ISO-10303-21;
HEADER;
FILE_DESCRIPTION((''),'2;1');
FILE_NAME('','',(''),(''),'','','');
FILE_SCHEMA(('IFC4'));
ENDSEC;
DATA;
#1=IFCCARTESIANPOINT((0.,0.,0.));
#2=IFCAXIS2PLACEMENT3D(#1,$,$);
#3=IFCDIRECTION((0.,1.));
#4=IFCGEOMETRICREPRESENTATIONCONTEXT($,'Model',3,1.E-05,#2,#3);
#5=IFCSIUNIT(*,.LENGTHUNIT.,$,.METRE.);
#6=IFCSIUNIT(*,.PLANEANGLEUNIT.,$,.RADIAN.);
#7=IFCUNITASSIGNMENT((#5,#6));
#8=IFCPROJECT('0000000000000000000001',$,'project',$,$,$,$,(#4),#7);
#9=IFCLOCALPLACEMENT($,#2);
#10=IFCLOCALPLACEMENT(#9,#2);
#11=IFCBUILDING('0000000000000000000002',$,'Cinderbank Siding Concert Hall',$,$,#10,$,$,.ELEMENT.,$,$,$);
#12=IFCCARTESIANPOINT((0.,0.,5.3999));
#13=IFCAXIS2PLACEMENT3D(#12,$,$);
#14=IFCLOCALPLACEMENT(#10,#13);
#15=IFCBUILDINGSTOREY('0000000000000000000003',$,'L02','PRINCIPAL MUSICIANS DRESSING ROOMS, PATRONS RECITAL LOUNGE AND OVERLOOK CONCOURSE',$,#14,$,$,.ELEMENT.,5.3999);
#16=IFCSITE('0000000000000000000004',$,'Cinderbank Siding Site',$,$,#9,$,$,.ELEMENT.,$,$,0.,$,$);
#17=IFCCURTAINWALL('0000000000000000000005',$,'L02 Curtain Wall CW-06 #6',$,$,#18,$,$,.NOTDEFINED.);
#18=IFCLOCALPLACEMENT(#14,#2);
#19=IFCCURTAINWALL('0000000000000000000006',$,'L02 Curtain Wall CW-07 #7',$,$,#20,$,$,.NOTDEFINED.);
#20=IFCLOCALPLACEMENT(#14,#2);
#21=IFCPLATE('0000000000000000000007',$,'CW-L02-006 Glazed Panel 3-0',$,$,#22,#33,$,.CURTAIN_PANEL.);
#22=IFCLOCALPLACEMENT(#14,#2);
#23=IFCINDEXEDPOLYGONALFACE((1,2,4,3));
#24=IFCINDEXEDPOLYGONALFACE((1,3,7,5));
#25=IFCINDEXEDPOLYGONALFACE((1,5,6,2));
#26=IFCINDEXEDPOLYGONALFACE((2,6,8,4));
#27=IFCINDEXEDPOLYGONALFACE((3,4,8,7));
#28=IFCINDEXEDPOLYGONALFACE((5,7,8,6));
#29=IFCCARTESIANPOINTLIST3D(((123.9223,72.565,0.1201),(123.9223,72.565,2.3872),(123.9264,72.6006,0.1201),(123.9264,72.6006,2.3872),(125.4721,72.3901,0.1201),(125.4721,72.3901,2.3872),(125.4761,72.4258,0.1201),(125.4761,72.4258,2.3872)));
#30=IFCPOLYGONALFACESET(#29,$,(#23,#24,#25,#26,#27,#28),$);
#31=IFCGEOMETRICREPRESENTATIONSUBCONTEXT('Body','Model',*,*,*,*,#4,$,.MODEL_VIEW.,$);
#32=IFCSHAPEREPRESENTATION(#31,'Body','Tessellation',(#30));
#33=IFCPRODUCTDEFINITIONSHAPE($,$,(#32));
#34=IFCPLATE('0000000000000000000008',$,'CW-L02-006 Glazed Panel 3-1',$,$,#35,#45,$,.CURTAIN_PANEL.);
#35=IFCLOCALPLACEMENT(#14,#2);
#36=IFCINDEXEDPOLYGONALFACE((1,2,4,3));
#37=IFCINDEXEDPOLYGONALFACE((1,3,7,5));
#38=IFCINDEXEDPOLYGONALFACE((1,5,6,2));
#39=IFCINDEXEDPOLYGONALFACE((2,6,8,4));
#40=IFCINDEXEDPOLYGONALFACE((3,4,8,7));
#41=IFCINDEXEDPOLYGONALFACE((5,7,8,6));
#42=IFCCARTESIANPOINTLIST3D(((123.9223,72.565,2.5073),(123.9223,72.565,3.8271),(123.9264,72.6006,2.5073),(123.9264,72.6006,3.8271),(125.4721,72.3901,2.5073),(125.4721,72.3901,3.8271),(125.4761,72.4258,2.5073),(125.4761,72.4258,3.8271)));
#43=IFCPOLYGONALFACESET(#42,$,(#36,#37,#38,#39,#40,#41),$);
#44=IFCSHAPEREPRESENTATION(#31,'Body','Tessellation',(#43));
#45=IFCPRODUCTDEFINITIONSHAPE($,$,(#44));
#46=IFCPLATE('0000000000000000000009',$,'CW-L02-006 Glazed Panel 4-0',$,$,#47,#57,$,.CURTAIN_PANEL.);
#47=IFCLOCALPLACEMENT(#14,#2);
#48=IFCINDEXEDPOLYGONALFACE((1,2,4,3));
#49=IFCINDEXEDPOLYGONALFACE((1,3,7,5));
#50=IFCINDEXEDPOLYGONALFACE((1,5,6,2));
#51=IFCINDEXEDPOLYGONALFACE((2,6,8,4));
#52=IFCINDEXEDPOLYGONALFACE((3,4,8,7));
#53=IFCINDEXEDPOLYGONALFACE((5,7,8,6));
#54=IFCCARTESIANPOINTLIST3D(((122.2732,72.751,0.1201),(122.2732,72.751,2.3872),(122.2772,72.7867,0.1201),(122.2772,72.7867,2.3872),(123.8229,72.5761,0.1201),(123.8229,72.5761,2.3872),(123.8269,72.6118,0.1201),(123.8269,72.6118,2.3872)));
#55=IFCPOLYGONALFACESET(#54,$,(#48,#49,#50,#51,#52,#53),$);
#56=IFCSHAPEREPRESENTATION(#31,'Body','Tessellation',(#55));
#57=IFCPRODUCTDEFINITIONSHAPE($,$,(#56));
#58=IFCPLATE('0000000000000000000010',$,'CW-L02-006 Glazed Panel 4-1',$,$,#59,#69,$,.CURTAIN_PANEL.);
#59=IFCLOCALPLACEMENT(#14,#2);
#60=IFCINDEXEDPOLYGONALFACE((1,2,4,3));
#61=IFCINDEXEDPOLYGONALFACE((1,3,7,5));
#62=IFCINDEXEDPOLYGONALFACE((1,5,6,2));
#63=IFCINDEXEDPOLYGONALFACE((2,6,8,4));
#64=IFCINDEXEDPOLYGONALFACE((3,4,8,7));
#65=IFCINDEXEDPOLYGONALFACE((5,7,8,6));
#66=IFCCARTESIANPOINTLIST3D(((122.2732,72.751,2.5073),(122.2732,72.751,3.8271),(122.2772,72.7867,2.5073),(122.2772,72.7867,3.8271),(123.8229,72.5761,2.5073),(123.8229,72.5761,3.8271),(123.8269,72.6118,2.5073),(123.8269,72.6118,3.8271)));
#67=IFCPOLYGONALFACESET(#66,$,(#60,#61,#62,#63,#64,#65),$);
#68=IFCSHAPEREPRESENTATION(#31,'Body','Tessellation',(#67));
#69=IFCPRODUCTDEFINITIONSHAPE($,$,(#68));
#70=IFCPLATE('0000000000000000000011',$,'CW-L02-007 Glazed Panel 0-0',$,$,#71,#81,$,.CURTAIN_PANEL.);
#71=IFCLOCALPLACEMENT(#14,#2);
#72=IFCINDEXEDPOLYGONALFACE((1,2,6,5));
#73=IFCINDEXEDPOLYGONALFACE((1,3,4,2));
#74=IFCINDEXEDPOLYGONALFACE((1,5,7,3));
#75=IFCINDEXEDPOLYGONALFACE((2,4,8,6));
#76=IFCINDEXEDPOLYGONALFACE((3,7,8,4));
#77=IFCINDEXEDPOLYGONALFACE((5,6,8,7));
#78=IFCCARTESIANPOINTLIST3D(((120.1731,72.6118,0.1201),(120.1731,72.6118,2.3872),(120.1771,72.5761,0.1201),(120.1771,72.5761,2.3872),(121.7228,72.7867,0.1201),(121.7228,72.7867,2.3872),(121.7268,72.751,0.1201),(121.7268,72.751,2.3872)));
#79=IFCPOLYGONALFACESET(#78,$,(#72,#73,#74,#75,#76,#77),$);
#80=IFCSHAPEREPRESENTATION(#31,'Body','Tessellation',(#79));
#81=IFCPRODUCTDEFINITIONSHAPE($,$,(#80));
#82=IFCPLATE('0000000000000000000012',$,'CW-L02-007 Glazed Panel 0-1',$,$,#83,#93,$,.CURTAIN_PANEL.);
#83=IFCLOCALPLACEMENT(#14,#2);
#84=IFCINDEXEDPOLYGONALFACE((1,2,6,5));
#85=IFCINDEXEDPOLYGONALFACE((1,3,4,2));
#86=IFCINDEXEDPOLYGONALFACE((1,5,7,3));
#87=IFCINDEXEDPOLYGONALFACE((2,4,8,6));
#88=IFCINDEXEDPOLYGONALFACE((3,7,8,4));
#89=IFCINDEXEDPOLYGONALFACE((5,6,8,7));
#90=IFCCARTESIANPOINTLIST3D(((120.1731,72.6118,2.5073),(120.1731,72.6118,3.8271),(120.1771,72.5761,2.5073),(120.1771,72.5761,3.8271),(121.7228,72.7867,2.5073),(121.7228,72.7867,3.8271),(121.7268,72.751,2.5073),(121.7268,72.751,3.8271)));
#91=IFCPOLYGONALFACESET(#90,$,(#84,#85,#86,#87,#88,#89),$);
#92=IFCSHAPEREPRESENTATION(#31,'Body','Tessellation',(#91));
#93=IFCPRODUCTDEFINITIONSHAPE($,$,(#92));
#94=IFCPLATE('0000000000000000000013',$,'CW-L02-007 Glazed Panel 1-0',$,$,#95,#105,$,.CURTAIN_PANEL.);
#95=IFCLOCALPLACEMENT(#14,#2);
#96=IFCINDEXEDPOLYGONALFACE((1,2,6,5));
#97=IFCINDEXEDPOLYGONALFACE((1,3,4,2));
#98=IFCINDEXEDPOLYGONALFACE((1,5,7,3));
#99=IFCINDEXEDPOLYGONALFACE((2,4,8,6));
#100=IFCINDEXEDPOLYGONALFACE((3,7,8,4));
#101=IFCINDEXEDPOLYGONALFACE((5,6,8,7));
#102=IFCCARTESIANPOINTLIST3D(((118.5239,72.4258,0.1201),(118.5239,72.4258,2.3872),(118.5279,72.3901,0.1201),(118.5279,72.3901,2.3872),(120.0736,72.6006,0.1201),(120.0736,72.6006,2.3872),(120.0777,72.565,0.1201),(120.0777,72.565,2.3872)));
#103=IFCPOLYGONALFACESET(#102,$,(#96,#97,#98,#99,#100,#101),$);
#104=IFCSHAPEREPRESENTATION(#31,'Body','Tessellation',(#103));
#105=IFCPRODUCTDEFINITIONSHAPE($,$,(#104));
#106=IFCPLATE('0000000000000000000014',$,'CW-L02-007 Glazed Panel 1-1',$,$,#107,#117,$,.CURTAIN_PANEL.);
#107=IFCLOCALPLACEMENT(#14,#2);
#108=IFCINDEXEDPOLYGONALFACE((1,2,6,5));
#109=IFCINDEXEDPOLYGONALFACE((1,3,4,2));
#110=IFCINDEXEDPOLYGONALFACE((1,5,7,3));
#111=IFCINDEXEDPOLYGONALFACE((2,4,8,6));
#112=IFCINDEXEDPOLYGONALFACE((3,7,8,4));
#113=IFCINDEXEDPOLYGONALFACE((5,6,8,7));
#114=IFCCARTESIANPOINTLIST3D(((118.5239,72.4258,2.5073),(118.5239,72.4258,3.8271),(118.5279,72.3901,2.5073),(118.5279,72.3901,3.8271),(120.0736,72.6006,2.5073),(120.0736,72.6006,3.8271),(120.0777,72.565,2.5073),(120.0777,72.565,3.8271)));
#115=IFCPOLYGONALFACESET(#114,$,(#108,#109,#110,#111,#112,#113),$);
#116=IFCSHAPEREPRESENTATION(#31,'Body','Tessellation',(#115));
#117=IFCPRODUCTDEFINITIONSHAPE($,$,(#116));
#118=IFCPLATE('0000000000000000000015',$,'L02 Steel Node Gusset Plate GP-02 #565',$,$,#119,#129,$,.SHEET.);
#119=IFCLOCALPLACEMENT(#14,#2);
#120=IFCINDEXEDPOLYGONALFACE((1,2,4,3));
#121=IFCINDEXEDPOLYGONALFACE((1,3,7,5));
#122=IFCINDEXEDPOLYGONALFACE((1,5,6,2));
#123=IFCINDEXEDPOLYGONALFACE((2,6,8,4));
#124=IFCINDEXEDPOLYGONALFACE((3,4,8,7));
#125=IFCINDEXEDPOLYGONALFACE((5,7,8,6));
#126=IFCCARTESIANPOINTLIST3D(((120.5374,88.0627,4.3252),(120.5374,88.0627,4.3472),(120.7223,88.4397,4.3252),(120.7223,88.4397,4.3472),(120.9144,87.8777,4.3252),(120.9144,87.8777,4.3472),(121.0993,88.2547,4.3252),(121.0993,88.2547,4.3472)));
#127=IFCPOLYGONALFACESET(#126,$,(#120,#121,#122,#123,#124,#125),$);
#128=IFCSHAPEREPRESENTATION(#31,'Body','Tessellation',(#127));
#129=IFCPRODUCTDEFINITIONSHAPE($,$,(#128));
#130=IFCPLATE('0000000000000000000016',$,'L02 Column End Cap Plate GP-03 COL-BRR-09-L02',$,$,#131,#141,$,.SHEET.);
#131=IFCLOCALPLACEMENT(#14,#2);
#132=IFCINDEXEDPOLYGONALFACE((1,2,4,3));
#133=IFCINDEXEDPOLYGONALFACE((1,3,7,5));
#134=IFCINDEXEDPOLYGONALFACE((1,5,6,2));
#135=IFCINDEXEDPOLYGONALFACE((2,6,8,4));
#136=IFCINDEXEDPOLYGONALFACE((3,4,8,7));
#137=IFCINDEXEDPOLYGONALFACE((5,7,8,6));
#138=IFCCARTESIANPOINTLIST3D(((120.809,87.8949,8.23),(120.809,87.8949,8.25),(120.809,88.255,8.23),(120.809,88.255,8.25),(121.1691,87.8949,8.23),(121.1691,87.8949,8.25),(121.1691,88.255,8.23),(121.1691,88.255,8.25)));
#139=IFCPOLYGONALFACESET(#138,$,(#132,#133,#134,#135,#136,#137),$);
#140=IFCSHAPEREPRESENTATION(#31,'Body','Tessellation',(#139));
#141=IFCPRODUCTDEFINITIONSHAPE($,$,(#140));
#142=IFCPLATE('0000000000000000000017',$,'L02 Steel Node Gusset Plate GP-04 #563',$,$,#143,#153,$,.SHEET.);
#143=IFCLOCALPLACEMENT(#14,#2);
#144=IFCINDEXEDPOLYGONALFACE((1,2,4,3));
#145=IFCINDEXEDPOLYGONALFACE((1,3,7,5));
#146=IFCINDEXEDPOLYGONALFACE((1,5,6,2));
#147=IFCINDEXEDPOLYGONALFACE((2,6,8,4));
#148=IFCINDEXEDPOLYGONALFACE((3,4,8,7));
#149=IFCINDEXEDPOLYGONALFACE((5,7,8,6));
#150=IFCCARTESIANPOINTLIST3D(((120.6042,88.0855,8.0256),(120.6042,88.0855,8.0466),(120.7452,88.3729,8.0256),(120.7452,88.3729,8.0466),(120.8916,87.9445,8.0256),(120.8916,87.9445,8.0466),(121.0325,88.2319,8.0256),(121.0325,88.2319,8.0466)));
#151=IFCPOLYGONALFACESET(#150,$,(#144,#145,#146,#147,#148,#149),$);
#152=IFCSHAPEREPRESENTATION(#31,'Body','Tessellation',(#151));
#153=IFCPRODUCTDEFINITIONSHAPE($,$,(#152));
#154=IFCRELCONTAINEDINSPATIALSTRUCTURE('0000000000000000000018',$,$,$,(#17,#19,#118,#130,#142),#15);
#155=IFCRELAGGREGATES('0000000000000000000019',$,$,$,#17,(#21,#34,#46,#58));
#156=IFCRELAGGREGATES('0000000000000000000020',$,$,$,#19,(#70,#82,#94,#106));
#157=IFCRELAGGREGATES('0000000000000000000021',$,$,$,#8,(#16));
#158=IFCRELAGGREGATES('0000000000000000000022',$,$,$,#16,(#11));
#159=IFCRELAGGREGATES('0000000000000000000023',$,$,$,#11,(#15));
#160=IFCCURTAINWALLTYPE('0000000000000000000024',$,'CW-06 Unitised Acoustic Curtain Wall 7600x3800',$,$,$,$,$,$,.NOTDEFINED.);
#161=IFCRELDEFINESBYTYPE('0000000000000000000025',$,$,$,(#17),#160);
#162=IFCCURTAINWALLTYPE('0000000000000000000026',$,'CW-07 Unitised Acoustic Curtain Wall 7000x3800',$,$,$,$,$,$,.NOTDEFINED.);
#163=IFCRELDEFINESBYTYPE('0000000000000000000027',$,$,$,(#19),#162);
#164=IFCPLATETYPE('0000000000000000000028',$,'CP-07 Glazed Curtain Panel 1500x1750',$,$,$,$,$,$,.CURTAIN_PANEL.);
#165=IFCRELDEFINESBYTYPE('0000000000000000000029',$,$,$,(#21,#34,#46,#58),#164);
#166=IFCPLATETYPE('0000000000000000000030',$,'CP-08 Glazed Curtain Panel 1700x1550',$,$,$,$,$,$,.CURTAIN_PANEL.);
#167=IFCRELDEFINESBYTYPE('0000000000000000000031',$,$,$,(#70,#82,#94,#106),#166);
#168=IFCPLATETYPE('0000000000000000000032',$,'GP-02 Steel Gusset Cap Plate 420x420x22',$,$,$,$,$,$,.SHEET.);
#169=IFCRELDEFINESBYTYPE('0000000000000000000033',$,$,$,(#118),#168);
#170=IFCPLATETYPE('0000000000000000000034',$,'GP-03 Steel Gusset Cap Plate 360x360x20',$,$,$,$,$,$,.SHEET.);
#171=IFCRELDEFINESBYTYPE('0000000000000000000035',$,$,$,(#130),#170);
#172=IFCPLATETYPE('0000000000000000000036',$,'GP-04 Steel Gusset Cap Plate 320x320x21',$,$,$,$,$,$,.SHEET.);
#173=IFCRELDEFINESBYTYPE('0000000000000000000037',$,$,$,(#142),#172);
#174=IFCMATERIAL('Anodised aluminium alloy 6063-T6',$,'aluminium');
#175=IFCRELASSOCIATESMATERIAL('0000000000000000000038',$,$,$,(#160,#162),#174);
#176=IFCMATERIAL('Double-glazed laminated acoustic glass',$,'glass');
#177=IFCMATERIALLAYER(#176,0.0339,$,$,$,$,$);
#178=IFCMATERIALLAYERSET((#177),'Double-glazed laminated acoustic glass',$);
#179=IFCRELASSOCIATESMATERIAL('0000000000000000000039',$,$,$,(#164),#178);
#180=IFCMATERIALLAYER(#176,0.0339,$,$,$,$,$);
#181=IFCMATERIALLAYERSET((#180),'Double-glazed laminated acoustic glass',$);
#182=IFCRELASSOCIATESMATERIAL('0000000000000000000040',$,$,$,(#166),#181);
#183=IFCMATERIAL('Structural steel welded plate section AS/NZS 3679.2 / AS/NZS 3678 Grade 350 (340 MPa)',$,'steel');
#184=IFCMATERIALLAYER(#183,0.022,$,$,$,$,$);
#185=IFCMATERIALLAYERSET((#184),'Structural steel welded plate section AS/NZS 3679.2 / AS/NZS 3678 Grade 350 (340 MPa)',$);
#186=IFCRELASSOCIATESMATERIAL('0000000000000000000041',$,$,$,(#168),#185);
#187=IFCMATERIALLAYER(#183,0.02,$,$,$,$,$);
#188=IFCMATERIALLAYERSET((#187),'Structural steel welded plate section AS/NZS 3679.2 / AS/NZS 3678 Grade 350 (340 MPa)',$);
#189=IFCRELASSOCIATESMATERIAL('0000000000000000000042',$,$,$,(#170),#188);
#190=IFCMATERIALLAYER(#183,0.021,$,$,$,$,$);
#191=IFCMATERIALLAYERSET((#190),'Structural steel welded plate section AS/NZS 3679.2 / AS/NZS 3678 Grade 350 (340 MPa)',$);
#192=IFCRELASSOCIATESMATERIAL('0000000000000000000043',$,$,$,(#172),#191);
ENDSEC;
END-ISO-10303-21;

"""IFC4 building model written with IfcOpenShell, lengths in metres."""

from ifc_helpers import new_model, si_unit, direction, frame, origin, origin_2d, place, context, subcontext, project, spatial, rectangle, extrude, material, layer, layer_set, type_object, element, aggregate, save


model = new_model("IFC4")

# Units and contexts
model_context = context("Model", 3, precision=1e-05, world=origin(), true_north=direction((0.0, 1.0)))
body_context = subcontext(model_context, "Body", "Model", "MODEL_VIEW")
ifc_project = project(units=[si_unit("LENGTHUNIT", "METRE"), si_unit("PLANEANGLEUNIT", "RADIAN")], contexts=[model_context])

# Site, building, storey
site_placement = place(None, origin())
site = spatial("IfcSite", under=ifc_project, at=site_placement, Name="Cinderbank Siding Site", CompositionType="ELEMENT", RefElevation=0.0)
building_placement = place(site_placement, origin())
building = spatial("IfcBuilding", under=site, at=building_placement, Name="Cinderbank Siding Concert Hall", CompositionType="ELEMENT")
storey_placement = place(building_placement, frame((0.0, 0.0, 5.3999)))
storey = spatial("IfcBuildingStorey", under=building, at=storey_placement, Name="L02", Description="PRINCIPAL MUSICIANS DRESSING ROOMS, PATRONS RECITAL LOUNGE AND OVERLOOK CONCOURSE", CompositionType="ELEMENT", Elevation=5.3999)

# Curtain wall
ifc_material_1 = material(Name="Anodised aluminium alloy 6063-T6", Category="aluminium")
curtain_wall_type_1 = type_object("IfcCurtainWallType", Name="CW-06 Unitised Acoustic Curtain Wall 7600x3800", PredefinedType="NOTDEFINED", material=ifc_material_1)
curtain_wall_1_placement = place(storey_placement, origin())
curtain_wall_1 = element("IfcCurtainWall", 1, at=curtain_wall_1_placement, inside=storey, type_object=curtain_wall_type_1, Name="L02 Curtain Wall CW-06 #6", PredefinedType="NOTDEFINED")

# Curtain wall
curtain_wall_type_2 = type_object("IfcCurtainWallType", Name="CW-07 Unitised Acoustic Curtain Wall 7000x3800", PredefinedType="NOTDEFINED", material=ifc_material_1)
curtain_wall_2_placement = place(storey_placement, origin())
curtain_wall_2 = element("IfcCurtainWall", 2, at=curtain_wall_2_placement, inside=storey, type_object=curtain_wall_type_2, Name="L02 Curtain Wall CW-07 #7", PredefinedType="NOTDEFINED")

# Plates
ifc_material_2 = material(Name="Double-glazed laminated acoustic glass", Category="glass")
ifc_layer_1 = layer(ifc_material_2, 0.0339)
ifc_layer_set_1 = layer_set([ifc_layer_1], Name="Double-glazed laminated acoustic glass")
plate_type_1 = type_object("IfcPlateType", Name="CP-07 Glazed Curtain Panel 1500x1750", PredefinedType="CURTAIN_PANEL", material=ifc_layer_set_1)
plate_1_placement = place(storey_placement, frame((124.6992, 72.4954, 0.1201), z_axis=(0.0, 0.0, 1.0), x_axis=(-0.993694, 0.112129, 0.0)))
plate_1 = element("IfcPlate", 3, at=plate_1_placement, type_object=plate_type_1, Name="CW-L02-006 Glazed Panel 3-0", PredefinedType="CURTAIN_PANEL", context=body_context, shape_type="SweptSolid", body=[
    extrude(rectangle(XDim=1.5596, YDim=0.0359, at=origin_2d()), origin(), (0.0, 0.0, 1.0), 2.2671),
])
plate_2_placement = place(storey_placement, frame((124.6992, 72.4954, 2.5073), z_axis=(0.0, 0.0, 1.0), x_axis=(-0.993694, 0.112129, 0.0)))
plate_2 = element("IfcPlate", 4, at=plate_2_placement, type_object=plate_type_1, Name="CW-L02-006 Glazed Panel 3-1", PredefinedType="CURTAIN_PANEL", context=body_context, shape_type="SweptSolid", body=[
    extrude(rectangle(XDim=1.5596, YDim=0.0359, at=origin_2d()), origin(), (0.0, 0.0, 1.0), 1.3198),
])
plate_3_placement = place(storey_placement, frame((123.05, 72.6814, 0.1201), z_axis=(0.0, 0.0, 1.0), x_axis=(-0.993694, 0.112129, 0.0)))
plate_3 = element("IfcPlate", 5, at=plate_3_placement, type_object=plate_type_1, Name="CW-L02-006 Glazed Panel 4-0", PredefinedType="CURTAIN_PANEL", context=body_context, shape_type="SweptSolid", body=[
    extrude(rectangle(XDim=1.5596, YDim=0.0359, at=origin_2d()), origin(), (0.0, 0.0, 1.0), 2.2671),
])
plate_4_placement = place(storey_placement, frame((123.05, 72.6814, 2.5073), z_axis=(0.0, 0.0, 1.0), x_axis=(-0.993694, 0.112129, 0.0)))
plate_4 = element("IfcPlate", 6, at=plate_4_placement, type_object=plate_type_1, Name="CW-L02-006 Glazed Panel 4-1", PredefinedType="CURTAIN_PANEL", context=body_context, shape_type="SweptSolid", body=[
    extrude(rectangle(XDim=1.5596, YDim=0.0359, at=origin_2d()), origin(), (0.0, 0.0, 1.0), 1.3198),
])
aggregate(curtain_wall_1, [plate_1, plate_2, plate_3, plate_4])
ifc_layer_2 = layer(ifc_material_2, 0.0339)
ifc_layer_set_2 = layer_set([ifc_layer_2], Name="Double-glazed laminated acoustic glass")
plate_type_2 = type_object("IfcPlateType", Name="CP-08 Glazed Curtain Panel 1700x1550", PredefinedType="CURTAIN_PANEL", material=ifc_layer_set_2)
plate_5_placement = place(storey_placement, frame((120.95, 72.6814, 0.1201), z_axis=(0.0, 0.0, 1.0), x_axis=(-0.993694, -0.112129, 0.0)))
plate_5 = element("IfcPlate", 7, at=plate_5_placement, type_object=plate_type_2, Name="CW-L02-007 Glazed Panel 0-0", PredefinedType="CURTAIN_PANEL", context=body_context, shape_type="SweptSolid", body=[
    extrude(rectangle(XDim=1.5596, YDim=0.0359, at=origin_2d()), origin(), (0.0, 0.0, 1.0), 2.2671),
])
plate_6_placement = place(storey_placement, frame((120.95, 72.6814, 2.5073), z_axis=(0.0, 0.0, 1.0), x_axis=(-0.993694, -0.112129, 0.0)))
plate_6 = element("IfcPlate", 8, at=plate_6_placement, type_object=plate_type_2, Name="CW-L02-007 Glazed Panel 0-1", PredefinedType="CURTAIN_PANEL", context=body_context, shape_type="SweptSolid", body=[
    extrude(rectangle(XDim=1.5596, YDim=0.0359, at=origin_2d()), origin(), (0.0, 0.0, 1.0), 1.3198),
])
plate_7_placement = place(storey_placement, frame((119.3008, 72.4954, 0.1201), z_axis=(0.0, 0.0, 1.0), x_axis=(-0.993694, -0.112129, 0.0)))
plate_7 = element("IfcPlate", 9, at=plate_7_placement, type_object=plate_type_2, Name="CW-L02-007 Glazed Panel 1-0", PredefinedType="CURTAIN_PANEL", context=body_context, shape_type="SweptSolid", body=[
    extrude(rectangle(XDim=1.5596, YDim=0.0359, at=origin_2d()), origin(), (0.0, 0.0, 1.0), 2.2671),
])
plate_8_placement = place(storey_placement, frame((119.3008, 72.4954, 2.5073), z_axis=(0.0, 0.0, 1.0), x_axis=(-0.993694, -0.112129, 0.0)))
plate_8 = element("IfcPlate", 10, at=plate_8_placement, type_object=plate_type_2, Name="CW-L02-007 Glazed Panel 1-1", PredefinedType="CURTAIN_PANEL", context=body_context, shape_type="SweptSolid", body=[
    extrude(rectangle(XDim=1.5596, YDim=0.0359, at=origin_2d()), origin(), (0.0, 0.0, 1.0), 1.3198),
])
aggregate(curtain_wall_2, [plate_5, plate_6, plate_7, plate_8])

# Plates
ifc_material_3 = material(Name="Structural steel welded plate section AS/NZS 3679.2 / AS/NZS 3678 Grade 350 (340 MPa)", Category="steel")
ifc_layer_3 = layer(ifc_material_3, 0.022)
ifc_layer_set_3 = layer_set([ifc_layer_3], Name="Structural steel welded plate section AS/NZS 3679.2 / AS/NZS 3678 Grade 350 (340 MPa)")
plate_type_3 = type_object("IfcPlateType", Name="GP-02 Steel Gusset Cap Plate 420x420x22", PredefinedType="SHEET", material=ifc_layer_set_3)
plate_9_placement = place(storey_placement, frame((120.8184, 88.1587, 4.3252), z_axis=(0.0, 0.0, 1.0), x_axis=(0.897797, -0.440409, 0.0)))
element("IfcPlate", 11, at=plate_9_placement, inside=storey, type_object=plate_type_3, Name="L02 Steel Node Gusset Plate GP-02 #565", PredefinedType="SHEET", context=body_context, shape_type="SweptSolid", body=[
    extrude(rectangle(XDim=0.4199, YDim=0.4199, at=origin_2d()), origin(), (0.0, 0.0, 1.0), 0.022),
])
ifc_layer_4 = layer(ifc_material_3, 0.02)
ifc_layer_set_4 = layer_set([ifc_layer_4], Name="Structural steel welded plate section AS/NZS 3679.2 / AS/NZS 3678 Grade 350 (340 MPa)")
plate_type_4 = type_object("IfcPlateType", Name="GP-03 Steel Gusset Cap Plate 360x360x20", PredefinedType="SHEET", material=ifc_layer_set_4)
plate_10_placement = place(storey_placement, frame((120.989, 88.075, 8.23), z_axis=(0.0, 0.0, 1.0), x_axis=(1.0, 0.0, 0.0)))
element("IfcPlate", 12, at=plate_10_placement, inside=storey, type_object=plate_type_4, Name="L02 Column End Cap Plate GP-03 COL-BRR-09-L02", PredefinedType="SHEET", context=body_context, shape_type="SweptSolid", body=[
    extrude(rectangle(XDim=0.3601, YDim=0.3601, at=origin_2d()), origin(), (0.0, 0.0, 1.0), 0.02),
])
ifc_layer_5 = layer(ifc_material_3, 0.021)
ifc_layer_set_5 = layer_set([ifc_layer_5], Name="Structural steel welded plate section AS/NZS 3679.2 / AS/NZS 3678 Grade 350 (340 MPa)")
plate_type_5 = type_object("IfcPlateType", Name="GP-04 Steel Gusset Cap Plate 320x320x21", PredefinedType="SHEET", material=ifc_layer_set_5)
plate_11_placement = place(storey_placement, frame((120.8184, 88.1587, 8.0256), z_axis=(0.0, 0.0, 1.0), x_axis=(0.897797, -0.440409, 0.0)))
element("IfcPlate", 13, at=plate_11_placement, inside=storey, type_object=plate_type_5, Name="L02 Steel Node Gusset Plate GP-04 #563", PredefinedType="SHEET", context=body_context, shape_type="SweptSolid", body=[
    extrude(rectangle(XDim=0.3201, YDim=0.3201, at=origin_2d()), origin(), (0.0, 0.0, 1.0), 0.021),
])

save(model, "model.ifc")
